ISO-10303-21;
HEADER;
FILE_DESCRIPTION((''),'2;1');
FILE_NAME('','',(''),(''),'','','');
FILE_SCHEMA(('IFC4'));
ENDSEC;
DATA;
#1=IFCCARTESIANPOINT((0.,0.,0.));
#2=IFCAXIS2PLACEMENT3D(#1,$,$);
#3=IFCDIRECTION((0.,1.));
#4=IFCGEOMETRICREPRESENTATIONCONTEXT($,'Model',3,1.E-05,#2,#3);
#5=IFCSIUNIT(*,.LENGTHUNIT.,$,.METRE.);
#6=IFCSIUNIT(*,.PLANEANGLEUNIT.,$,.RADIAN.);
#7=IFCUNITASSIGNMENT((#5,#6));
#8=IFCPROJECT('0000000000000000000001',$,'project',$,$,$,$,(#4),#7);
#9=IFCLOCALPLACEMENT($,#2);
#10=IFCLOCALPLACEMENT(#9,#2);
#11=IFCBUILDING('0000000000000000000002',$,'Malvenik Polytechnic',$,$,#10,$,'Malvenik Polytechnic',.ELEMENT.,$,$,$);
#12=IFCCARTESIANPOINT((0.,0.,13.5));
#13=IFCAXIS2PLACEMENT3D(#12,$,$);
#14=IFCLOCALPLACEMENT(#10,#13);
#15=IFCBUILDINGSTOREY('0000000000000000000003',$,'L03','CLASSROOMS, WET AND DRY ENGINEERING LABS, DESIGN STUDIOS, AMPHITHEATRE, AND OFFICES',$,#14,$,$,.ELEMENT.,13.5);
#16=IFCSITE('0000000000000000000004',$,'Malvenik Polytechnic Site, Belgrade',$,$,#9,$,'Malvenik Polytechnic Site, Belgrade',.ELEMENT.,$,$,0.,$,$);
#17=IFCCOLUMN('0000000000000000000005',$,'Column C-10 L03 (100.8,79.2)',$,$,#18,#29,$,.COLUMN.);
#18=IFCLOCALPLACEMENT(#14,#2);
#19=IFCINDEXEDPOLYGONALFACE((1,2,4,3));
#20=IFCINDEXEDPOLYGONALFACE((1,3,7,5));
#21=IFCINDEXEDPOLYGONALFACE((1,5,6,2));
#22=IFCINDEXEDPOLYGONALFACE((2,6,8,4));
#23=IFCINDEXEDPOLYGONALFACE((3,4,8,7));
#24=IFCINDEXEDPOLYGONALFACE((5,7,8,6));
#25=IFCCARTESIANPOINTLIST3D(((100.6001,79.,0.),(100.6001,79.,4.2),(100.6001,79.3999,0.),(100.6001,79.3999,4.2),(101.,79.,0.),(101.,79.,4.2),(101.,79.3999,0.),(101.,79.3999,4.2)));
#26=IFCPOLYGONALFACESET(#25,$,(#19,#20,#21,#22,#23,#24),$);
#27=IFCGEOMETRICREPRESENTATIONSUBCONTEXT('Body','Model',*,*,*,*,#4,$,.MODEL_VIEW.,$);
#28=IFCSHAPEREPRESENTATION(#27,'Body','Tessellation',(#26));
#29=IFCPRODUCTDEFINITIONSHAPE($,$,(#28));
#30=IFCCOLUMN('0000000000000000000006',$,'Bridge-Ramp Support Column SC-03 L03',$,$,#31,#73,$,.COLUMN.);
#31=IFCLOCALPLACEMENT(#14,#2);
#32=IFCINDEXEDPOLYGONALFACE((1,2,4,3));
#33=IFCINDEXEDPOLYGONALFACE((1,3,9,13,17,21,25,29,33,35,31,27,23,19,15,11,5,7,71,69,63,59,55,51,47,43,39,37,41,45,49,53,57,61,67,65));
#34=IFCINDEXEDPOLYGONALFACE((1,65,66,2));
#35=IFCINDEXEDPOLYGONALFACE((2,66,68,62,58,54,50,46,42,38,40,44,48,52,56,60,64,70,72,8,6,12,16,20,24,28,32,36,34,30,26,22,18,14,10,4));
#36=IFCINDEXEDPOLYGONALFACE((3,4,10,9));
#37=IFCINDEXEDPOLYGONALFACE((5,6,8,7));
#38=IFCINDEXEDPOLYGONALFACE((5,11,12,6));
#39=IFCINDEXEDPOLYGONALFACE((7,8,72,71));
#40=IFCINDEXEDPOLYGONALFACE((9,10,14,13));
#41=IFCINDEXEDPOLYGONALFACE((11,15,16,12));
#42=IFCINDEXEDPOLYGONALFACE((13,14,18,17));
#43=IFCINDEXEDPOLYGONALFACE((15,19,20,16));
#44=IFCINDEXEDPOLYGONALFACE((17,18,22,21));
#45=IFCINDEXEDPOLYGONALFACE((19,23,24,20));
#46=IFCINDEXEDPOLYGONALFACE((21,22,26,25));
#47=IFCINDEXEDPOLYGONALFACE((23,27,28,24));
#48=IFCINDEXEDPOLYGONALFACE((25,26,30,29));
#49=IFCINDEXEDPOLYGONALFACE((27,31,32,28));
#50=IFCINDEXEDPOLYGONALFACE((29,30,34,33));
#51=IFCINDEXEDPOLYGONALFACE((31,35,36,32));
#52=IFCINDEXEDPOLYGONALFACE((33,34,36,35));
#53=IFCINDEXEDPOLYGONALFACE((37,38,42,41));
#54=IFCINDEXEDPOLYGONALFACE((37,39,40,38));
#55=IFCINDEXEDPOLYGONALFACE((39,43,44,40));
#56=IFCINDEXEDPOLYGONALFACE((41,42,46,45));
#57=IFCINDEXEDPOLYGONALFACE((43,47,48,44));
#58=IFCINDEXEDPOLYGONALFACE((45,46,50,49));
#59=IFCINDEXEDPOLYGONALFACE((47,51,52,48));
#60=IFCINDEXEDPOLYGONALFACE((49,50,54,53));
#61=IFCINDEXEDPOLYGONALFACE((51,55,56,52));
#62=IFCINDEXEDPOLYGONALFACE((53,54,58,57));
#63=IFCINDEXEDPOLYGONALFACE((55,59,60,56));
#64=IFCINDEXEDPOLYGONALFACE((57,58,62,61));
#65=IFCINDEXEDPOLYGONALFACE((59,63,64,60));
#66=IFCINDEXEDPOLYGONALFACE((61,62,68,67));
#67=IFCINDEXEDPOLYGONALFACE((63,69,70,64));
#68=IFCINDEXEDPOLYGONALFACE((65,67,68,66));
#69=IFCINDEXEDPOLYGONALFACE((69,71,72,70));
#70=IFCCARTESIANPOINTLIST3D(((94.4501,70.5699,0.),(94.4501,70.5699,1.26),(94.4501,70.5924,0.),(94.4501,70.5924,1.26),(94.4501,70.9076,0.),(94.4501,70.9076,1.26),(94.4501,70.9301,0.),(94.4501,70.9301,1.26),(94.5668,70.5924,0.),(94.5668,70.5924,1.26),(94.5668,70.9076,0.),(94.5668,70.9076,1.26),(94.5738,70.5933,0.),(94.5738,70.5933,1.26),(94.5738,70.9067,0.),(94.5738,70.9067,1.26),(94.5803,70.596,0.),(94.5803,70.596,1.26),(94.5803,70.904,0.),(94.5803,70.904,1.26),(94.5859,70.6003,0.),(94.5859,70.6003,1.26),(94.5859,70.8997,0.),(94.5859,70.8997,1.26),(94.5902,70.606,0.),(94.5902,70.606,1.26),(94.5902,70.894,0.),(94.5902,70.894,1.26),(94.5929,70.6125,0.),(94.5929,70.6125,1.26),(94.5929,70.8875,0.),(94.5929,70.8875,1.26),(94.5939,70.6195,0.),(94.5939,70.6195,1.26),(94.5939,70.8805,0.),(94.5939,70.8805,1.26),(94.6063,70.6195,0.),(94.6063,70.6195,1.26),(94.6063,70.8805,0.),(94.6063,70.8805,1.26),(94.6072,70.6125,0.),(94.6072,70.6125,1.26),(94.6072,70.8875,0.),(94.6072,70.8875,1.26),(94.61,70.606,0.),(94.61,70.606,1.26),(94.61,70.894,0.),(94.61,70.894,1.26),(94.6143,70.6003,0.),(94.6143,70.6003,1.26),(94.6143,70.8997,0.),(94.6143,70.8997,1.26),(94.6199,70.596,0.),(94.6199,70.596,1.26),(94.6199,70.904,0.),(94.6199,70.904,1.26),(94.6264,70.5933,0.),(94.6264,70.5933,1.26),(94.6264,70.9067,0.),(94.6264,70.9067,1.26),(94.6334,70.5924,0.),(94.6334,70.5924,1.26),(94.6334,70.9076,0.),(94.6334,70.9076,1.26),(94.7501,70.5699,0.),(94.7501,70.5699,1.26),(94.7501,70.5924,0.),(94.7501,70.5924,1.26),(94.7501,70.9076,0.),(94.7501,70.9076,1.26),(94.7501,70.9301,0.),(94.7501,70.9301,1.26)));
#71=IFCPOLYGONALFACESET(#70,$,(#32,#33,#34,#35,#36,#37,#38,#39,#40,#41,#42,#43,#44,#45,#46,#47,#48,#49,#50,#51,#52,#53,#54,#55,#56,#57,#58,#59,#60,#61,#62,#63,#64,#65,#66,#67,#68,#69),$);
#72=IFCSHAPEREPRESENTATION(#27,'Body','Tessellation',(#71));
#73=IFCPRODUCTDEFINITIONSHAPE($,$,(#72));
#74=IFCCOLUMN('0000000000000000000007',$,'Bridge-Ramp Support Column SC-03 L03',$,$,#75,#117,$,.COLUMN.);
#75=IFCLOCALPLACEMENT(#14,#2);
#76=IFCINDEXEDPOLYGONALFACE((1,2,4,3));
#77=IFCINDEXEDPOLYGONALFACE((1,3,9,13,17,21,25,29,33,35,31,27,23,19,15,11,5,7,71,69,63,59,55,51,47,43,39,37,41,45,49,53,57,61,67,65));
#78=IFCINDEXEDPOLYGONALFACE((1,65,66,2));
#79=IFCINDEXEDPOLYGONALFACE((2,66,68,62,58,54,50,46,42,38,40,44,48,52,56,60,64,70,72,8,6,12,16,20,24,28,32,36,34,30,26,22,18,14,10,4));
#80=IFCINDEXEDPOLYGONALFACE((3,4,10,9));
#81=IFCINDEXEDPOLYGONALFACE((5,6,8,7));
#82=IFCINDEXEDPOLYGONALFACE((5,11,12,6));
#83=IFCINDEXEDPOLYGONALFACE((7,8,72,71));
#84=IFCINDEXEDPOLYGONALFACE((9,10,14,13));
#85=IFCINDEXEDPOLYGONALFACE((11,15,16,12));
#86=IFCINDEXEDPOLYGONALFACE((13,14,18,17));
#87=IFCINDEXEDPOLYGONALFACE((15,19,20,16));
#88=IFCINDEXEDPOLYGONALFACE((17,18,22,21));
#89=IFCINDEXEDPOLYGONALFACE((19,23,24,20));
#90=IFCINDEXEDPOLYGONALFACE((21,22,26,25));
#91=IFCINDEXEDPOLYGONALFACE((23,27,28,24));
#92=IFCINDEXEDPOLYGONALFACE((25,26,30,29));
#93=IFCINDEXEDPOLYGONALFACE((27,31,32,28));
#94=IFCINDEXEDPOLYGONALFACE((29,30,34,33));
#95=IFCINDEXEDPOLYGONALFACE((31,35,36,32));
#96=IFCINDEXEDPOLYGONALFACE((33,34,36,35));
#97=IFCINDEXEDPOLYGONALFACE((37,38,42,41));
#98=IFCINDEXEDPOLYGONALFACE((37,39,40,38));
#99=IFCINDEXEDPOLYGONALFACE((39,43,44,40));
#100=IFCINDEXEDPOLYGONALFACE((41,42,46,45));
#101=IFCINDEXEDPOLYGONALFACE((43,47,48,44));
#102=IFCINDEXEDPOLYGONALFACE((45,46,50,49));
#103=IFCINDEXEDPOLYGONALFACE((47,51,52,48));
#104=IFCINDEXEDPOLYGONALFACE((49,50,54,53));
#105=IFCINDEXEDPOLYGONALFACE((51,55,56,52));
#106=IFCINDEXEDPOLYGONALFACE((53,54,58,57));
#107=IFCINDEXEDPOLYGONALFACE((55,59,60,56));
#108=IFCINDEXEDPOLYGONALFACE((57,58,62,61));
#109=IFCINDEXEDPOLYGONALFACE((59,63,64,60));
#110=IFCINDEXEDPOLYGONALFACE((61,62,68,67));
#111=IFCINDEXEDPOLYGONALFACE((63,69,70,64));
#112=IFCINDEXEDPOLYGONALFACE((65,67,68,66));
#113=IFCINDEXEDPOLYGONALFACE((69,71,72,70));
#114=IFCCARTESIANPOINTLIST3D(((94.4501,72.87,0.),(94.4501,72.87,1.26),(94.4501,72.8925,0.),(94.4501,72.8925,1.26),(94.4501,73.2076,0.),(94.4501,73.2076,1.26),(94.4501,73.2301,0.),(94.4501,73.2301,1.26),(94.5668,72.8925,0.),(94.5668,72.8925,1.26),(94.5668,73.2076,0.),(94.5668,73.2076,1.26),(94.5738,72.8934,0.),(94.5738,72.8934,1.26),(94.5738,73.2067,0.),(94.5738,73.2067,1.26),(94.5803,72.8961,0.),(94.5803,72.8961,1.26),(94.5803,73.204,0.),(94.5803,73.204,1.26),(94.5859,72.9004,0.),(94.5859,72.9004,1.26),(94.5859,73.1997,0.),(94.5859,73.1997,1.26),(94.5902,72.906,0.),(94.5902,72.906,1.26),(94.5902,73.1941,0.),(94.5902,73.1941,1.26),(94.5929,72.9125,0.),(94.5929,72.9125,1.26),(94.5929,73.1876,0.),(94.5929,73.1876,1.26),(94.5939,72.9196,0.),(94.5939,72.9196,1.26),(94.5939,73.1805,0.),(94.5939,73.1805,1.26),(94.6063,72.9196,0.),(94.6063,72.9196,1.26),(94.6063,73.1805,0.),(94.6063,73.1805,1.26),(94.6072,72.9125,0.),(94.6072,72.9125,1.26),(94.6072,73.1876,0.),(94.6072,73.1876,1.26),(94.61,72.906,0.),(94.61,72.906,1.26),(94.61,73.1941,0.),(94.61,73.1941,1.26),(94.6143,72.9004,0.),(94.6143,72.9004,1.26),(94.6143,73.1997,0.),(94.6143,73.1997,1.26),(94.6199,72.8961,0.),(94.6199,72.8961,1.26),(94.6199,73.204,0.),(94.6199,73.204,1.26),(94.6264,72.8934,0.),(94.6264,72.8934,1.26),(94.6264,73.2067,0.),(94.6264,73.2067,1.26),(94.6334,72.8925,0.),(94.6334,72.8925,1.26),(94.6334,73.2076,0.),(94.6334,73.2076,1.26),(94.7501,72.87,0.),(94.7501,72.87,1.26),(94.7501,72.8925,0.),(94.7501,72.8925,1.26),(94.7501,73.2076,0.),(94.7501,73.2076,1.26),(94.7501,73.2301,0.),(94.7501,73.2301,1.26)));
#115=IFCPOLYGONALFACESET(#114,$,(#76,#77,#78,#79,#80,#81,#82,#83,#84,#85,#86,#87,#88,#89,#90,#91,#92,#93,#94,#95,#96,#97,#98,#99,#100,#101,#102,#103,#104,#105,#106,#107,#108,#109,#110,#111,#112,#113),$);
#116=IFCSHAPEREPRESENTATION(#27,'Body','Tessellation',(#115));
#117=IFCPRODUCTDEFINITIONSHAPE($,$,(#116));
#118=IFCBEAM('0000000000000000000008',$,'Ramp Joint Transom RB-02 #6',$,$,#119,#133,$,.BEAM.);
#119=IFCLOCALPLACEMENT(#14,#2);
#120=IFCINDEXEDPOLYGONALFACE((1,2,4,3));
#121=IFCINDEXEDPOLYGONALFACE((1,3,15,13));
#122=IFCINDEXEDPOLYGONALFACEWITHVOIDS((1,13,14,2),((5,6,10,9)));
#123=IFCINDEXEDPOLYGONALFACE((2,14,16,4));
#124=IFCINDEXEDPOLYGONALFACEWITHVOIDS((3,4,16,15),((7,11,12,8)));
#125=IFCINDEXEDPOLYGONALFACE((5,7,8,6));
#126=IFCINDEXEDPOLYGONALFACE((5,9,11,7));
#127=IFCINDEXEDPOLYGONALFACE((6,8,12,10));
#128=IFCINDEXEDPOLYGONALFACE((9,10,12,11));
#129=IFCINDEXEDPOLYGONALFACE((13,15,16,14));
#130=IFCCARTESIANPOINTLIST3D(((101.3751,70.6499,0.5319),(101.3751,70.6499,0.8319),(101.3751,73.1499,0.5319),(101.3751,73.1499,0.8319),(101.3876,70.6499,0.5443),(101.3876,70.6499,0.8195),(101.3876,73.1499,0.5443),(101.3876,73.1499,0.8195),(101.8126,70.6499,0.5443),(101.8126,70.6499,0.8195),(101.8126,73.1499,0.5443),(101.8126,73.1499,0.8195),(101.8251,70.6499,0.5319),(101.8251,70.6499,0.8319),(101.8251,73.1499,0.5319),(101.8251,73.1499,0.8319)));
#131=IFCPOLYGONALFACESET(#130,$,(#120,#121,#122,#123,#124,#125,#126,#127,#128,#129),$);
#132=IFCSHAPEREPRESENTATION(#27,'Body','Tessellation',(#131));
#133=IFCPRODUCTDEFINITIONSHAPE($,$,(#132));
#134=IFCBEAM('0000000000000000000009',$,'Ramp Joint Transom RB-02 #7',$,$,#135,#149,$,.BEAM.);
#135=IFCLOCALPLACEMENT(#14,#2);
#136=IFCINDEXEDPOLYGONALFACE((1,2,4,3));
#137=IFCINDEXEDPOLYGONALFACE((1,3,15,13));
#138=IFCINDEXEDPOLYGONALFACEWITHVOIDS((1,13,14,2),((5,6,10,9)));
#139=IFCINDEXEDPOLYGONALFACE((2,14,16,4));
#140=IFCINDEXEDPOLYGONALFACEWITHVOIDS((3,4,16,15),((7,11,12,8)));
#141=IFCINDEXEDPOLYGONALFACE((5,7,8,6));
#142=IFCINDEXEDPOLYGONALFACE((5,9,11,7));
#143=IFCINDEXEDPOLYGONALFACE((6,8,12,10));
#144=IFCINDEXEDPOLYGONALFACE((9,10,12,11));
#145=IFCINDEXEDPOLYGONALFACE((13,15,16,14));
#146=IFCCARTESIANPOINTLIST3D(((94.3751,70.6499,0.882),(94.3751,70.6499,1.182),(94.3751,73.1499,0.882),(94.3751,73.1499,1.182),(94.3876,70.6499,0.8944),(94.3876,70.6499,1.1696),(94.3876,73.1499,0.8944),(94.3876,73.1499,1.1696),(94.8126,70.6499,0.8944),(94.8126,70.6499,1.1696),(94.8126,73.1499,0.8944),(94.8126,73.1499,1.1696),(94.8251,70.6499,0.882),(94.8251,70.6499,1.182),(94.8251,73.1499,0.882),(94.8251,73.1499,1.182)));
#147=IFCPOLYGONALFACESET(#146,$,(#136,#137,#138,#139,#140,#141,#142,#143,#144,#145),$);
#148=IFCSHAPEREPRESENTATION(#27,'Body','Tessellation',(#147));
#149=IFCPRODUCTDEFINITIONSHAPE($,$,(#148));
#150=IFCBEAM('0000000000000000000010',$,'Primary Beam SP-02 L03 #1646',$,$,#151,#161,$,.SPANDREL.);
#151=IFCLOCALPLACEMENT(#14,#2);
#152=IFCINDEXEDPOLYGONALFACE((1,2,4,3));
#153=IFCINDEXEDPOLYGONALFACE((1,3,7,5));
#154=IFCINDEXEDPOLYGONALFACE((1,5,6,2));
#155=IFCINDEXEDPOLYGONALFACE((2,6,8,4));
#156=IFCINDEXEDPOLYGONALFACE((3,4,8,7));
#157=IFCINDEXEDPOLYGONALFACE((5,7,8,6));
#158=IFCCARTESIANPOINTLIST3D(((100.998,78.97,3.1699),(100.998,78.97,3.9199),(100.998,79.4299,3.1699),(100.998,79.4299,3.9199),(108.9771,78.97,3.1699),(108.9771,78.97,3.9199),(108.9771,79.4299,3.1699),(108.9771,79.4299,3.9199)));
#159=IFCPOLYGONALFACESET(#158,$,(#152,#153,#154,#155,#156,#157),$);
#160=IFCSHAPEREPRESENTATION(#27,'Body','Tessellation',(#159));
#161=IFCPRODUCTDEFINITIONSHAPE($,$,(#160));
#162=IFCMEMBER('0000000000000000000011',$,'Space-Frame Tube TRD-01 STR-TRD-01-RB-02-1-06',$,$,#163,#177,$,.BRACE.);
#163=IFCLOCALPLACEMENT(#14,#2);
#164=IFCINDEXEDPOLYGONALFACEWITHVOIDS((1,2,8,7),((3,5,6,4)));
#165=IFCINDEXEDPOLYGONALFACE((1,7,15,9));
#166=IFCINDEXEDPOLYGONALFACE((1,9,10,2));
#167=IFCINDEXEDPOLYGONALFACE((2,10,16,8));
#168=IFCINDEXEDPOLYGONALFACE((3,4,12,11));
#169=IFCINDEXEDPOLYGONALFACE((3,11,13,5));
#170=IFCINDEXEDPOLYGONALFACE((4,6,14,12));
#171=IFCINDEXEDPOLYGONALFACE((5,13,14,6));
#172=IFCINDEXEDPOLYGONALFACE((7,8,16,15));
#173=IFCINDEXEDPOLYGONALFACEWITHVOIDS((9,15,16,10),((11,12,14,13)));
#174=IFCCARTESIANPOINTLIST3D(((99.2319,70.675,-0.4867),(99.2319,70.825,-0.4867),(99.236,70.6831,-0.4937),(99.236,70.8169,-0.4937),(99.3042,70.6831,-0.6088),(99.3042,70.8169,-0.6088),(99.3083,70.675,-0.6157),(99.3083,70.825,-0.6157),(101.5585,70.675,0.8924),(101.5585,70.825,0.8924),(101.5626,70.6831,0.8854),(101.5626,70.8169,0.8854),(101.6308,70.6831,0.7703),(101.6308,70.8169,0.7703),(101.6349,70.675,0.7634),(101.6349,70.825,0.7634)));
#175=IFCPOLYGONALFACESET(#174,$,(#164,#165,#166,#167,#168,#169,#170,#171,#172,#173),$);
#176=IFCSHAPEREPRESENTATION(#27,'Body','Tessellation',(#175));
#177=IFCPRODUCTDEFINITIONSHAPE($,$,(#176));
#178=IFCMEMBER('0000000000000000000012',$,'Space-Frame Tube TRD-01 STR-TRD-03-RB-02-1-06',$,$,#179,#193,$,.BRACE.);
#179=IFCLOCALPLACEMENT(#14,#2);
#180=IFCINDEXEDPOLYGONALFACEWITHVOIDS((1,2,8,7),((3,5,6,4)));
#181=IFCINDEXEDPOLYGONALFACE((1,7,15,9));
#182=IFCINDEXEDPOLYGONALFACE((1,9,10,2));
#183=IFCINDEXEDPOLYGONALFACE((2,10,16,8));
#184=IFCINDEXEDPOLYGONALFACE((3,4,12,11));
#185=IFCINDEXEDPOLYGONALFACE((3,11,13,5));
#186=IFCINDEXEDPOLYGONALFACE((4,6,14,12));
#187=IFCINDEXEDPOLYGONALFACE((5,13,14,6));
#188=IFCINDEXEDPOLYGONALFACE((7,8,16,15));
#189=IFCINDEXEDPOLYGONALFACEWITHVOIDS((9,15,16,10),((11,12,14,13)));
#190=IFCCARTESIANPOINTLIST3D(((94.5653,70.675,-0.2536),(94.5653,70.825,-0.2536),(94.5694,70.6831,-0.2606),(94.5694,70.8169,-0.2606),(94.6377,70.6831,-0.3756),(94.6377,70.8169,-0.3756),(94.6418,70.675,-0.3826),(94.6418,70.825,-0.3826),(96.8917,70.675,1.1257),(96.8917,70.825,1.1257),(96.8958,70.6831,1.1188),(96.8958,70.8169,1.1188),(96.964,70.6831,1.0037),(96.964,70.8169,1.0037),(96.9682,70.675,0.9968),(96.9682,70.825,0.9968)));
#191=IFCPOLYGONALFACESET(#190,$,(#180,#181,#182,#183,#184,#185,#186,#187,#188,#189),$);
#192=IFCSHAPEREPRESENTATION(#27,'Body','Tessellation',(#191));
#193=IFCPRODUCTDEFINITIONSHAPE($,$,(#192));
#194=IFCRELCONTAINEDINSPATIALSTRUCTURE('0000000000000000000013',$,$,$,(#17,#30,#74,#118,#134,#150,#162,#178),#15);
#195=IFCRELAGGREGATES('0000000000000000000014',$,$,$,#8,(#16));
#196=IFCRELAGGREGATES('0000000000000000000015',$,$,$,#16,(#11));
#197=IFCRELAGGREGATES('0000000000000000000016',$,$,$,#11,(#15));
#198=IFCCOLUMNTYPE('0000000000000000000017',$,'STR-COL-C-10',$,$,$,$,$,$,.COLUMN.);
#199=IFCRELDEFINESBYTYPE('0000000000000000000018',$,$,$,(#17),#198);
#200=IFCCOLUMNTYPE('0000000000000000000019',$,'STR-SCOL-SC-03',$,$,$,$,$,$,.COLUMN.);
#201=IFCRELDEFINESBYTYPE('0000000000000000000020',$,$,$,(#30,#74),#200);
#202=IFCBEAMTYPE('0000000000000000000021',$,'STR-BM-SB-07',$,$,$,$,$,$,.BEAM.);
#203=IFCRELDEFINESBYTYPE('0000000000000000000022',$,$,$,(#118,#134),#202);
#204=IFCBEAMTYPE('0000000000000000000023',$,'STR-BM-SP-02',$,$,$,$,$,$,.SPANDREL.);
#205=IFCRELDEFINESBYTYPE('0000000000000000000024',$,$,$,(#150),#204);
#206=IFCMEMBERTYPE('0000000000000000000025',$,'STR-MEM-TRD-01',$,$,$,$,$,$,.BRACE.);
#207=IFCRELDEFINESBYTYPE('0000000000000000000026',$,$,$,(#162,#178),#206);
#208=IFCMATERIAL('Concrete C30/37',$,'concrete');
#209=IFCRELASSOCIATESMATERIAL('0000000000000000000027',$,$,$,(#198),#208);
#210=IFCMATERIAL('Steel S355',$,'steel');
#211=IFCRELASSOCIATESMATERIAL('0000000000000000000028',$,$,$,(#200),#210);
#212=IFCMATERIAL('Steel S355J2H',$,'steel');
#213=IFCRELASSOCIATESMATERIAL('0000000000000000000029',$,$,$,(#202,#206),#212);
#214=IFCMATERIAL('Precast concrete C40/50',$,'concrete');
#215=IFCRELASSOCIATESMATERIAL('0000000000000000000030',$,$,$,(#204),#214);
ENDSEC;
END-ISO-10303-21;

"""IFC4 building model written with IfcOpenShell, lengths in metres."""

from ifc_helpers import new_model, si_unit, direction, frame, origin, origin_2d, place, context, subcontext, project, spatial, rectangle, hollow_rectangle, i_section, extrude, material, material_profile, profile_set, type_object, element, save


model = new_model("IFC4")

# Units and contexts
model_context = context("Model", 3, precision=1e-05, world=origin(), true_north=direction((0.0, 1.0)))
body_context = subcontext(model_context, "Body", "Model", "MODEL_VIEW")
ifc_project = project(units=[si_unit("LENGTHUNIT", "METRE"), si_unit("PLANEANGLEUNIT", "RADIAN")], contexts=[model_context])

# Site, building, storey
site_placement = place(None, origin())
site = spatial("IfcSite", under=ifc_project, at=site_placement, Name="Malvenik Polytechnic Site, Belgrade", LongName="Malvenik Polytechnic Site, Belgrade", CompositionType="ELEMENT", RefElevation=0.0)
building_placement = place(site_placement, origin())
building = spatial("IfcBuilding", under=site, at=building_placement, Name="Malvenik Polytechnic", LongName="Malvenik Polytechnic", CompositionType="ELEMENT")
storey_placement = place(building_placement, frame((0.0, 0.0, 13.5)))
storey = spatial("IfcBuildingStorey", under=building, at=storey_placement, Name="L03", Description="CLASSROOMS, WET AND DRY ENGINEERING LABS, DESIGN STUDIOS, AMPHITHEATRE, AND OFFICES", CompositionType="ELEMENT", Elevation=13.5)

# Columns
ifc_material_1 = material(Name="Concrete C30/37", Category="concrete")
ifc_material_profile_1 = material_profile(ifc_material_1, rectangle(XDim=0.3999, YDim=0.3999, at=origin_2d()), Name="RC COL 400x400")
ifc_profile_set_1 = profile_set([ifc_material_profile_1], Name="Concrete C30/37")
column_type_1 = type_object("IfcColumnType", Name="STR-COL-C-10", PredefinedType="COLUMN", material=ifc_profile_set_1)
column_placement = place(storey_placement, frame((100.8, 79.2, 0.0), z_axis=(0.0, 0.0, 1.0), x_axis=(1.0, 0.0, 0.0)))
element("IfcColumn", 1, at=column_placement, inside=storey, type_object=column_type_1, Name="Column C-10 L03 (100.8,79.2)", PredefinedType="COLUMN", context=body_context, shape_type="SweptSolid", body=[
    extrude(rectangle(XDim=0.3999, YDim=0.3999, at=origin_2d()), origin(), (0.0, 0.0, 1.0), 4.2),
])
ifc_material_2 = material(Name="Steel S355", Category="steel")
ifc_material_profile_2 = material_profile(ifc_material_2, i_section(OverallWidth=0.3, OverallDepth=0.3601, WebThickness=0.0125, FlangeThickness=0.0225, FilletRadius=0.0271, at=origin_2d()), Name="HEB 360")
ifc_profile_set_2 = profile_set([ifc_material_profile_2], Name="Steel S355")
column_type_2 = type_object("IfcColumnType", Name="STR-SCOL-SC-03", PredefinedType="COLUMN", material=ifc_profile_set_2)
for number, where, z_axis, x_axis, name in (
    (2, (94.6001, 70.75, 0.0), (0.0, 0.0, 1.0), (1.0, 0.0, 0.0), "Bridge-Ramp Support Column SC-03 L03"),
    (3, (94.6001, 73.05, 0.0), (0.0, 0.0, 1.0), (1.0, 0.0, 0.0), "Bridge-Ramp Support Column SC-03 L03"),
):
    element("IfcColumn", number, at=place(storey_placement, frame(where, z_axis=z_axis, x_axis=x_axis)), inside=storey, type_object=column_type_2, Name=name, PredefinedType="COLUMN", context=body_context, shape_type="SweptSolid", body=[
        extrude(i_section(OverallWidth=0.3, OverallDepth=0.3601, WebThickness=0.0125, FlangeThickness=0.0225, FilletRadius=0.0271, at=origin_2d()), origin(), (0.0, 0.0, 1.0), 1.26),
    ])

# Beams
ifc_material_3 = material(Name="Steel S355J2H", Category="steel")
ifc_material_profile_3 = material_profile(ifc_material_3, hollow_rectangle(XDim=0.45, YDim=0.3, WallThickness=0.0125, at=origin_2d()), Name="RHS 450x300x12.5")
ifc_profile_set_3 = profile_set([ifc_material_profile_3], Name="Steel S355J2H")
beam_type_1 = type_object("IfcBeamType", Name="STR-BM-SB-07", PredefinedType="BEAM", material=ifc_profile_set_3)
for number, where, z_axis, x_axis, name in (
    (4, (101.6001, 70.6499, 0.6819), (0.0, 1.0, 0.0), (-1.0, 0.0, 0.0), "Ramp Joint Transom RB-02 #6"),
    (5, (94.6001, 70.6499, 1.032), (0.0, 1.0, 0.0), (-1.0, 0.0, 0.0), "Ramp Joint Transom RB-02 #7"),
):
    element("IfcBeam", number, at=place(storey_placement, frame(where, z_axis=z_axis, x_axis=x_axis)), inside=storey, type_object=beam_type_1, Name=name, PredefinedType="BEAM", context=body_context, shape_type="SweptSolid", body=[
        extrude(hollow_rectangle(XDim=0.45, YDim=0.3, WallThickness=0.0125, at=origin_2d()), origin(), (0.0, 0.0, 1.0), 2.5),
    ])
ifc_material_4 = material(Name="Precast concrete C40/50", Category="concrete")
ifc_material_profile_4 = material_profile(ifc_material_4, rectangle(XDim=0.46, YDim=0.75, at=origin_2d()), Name="PC SPN 460x750")
ifc_profile_set_4 = profile_set([ifc_material_profile_4], Name="Precast concrete C40/50")
beam_type_2 = type_object("IfcBeamType", Name="STR-BM-SP-02", PredefinedType="SPANDREL", material=ifc_profile_set_4)
beam_placement = place(storey_placement, frame((100.998, 79.2, 3.5449), z_axis=(1.0, 0.0, 0.0), x_axis=(0.0, 1.0, 0.0)))
element("IfcBeam", 6, at=beam_placement, inside=storey, type_object=beam_type_2, Name="Primary Beam SP-02 L03 #1646", PredefinedType="SPANDREL", context=body_context, shape_type="SweptSolid", body=[
    extrude(rectangle(XDim=0.46, YDim=0.75, at=origin_2d()), origin(), (0.0, 0.0, 1.0), 7.979),
])

# Members
ifc_material_profile_5 = material_profile(ifc_material_3, hollow_rectangle(XDim=0.1499, YDim=0.1499, WallThickness=0.0081, at=origin_2d()), Name="SHS 150x150x8.0")
ifc_profile_set_5 = profile_set([ifc_material_profile_5], Name="Steel S355J2H")
member_type_1 = type_object("IfcMemberType", Name="STR-MEM-TRD-01", PredefinedType="BRACE", material=ifc_profile_set_5)
for number, where, z_axis, x_axis, name in (
    (7, (101.5967, 70.75, 0.8279), (-0.860228, 0.0, -0.509909), (0.0, -1.0, 0.0), "Space-Frame Tube TRD-01 STR-TRD-01-RB-02-1-06"),
    (8, (96.9299, 70.75, 1.0613), (-0.860165, 0.0, -0.510015), (0.0, -1.0, 0.0), "Space-Frame Tube TRD-01 STR-TRD-03-RB-02-1-06"),
):
    element("IfcMember", number, at=place(storey_placement, frame(where, z_axis=z_axis, x_axis=x_axis)), inside=storey, type_object=member_type_1, Name=name, PredefinedType="BRACE", context=body_context, shape_type="SweptSolid", body=[
        extrude(hollow_rectangle(XDim=0.1499, YDim=0.1499, WallThickness=0.0081, at=origin_2d()), origin(), (0.0, 0.0, 1.0), 2.7046),
    ])

save(model, "model.ifc")
